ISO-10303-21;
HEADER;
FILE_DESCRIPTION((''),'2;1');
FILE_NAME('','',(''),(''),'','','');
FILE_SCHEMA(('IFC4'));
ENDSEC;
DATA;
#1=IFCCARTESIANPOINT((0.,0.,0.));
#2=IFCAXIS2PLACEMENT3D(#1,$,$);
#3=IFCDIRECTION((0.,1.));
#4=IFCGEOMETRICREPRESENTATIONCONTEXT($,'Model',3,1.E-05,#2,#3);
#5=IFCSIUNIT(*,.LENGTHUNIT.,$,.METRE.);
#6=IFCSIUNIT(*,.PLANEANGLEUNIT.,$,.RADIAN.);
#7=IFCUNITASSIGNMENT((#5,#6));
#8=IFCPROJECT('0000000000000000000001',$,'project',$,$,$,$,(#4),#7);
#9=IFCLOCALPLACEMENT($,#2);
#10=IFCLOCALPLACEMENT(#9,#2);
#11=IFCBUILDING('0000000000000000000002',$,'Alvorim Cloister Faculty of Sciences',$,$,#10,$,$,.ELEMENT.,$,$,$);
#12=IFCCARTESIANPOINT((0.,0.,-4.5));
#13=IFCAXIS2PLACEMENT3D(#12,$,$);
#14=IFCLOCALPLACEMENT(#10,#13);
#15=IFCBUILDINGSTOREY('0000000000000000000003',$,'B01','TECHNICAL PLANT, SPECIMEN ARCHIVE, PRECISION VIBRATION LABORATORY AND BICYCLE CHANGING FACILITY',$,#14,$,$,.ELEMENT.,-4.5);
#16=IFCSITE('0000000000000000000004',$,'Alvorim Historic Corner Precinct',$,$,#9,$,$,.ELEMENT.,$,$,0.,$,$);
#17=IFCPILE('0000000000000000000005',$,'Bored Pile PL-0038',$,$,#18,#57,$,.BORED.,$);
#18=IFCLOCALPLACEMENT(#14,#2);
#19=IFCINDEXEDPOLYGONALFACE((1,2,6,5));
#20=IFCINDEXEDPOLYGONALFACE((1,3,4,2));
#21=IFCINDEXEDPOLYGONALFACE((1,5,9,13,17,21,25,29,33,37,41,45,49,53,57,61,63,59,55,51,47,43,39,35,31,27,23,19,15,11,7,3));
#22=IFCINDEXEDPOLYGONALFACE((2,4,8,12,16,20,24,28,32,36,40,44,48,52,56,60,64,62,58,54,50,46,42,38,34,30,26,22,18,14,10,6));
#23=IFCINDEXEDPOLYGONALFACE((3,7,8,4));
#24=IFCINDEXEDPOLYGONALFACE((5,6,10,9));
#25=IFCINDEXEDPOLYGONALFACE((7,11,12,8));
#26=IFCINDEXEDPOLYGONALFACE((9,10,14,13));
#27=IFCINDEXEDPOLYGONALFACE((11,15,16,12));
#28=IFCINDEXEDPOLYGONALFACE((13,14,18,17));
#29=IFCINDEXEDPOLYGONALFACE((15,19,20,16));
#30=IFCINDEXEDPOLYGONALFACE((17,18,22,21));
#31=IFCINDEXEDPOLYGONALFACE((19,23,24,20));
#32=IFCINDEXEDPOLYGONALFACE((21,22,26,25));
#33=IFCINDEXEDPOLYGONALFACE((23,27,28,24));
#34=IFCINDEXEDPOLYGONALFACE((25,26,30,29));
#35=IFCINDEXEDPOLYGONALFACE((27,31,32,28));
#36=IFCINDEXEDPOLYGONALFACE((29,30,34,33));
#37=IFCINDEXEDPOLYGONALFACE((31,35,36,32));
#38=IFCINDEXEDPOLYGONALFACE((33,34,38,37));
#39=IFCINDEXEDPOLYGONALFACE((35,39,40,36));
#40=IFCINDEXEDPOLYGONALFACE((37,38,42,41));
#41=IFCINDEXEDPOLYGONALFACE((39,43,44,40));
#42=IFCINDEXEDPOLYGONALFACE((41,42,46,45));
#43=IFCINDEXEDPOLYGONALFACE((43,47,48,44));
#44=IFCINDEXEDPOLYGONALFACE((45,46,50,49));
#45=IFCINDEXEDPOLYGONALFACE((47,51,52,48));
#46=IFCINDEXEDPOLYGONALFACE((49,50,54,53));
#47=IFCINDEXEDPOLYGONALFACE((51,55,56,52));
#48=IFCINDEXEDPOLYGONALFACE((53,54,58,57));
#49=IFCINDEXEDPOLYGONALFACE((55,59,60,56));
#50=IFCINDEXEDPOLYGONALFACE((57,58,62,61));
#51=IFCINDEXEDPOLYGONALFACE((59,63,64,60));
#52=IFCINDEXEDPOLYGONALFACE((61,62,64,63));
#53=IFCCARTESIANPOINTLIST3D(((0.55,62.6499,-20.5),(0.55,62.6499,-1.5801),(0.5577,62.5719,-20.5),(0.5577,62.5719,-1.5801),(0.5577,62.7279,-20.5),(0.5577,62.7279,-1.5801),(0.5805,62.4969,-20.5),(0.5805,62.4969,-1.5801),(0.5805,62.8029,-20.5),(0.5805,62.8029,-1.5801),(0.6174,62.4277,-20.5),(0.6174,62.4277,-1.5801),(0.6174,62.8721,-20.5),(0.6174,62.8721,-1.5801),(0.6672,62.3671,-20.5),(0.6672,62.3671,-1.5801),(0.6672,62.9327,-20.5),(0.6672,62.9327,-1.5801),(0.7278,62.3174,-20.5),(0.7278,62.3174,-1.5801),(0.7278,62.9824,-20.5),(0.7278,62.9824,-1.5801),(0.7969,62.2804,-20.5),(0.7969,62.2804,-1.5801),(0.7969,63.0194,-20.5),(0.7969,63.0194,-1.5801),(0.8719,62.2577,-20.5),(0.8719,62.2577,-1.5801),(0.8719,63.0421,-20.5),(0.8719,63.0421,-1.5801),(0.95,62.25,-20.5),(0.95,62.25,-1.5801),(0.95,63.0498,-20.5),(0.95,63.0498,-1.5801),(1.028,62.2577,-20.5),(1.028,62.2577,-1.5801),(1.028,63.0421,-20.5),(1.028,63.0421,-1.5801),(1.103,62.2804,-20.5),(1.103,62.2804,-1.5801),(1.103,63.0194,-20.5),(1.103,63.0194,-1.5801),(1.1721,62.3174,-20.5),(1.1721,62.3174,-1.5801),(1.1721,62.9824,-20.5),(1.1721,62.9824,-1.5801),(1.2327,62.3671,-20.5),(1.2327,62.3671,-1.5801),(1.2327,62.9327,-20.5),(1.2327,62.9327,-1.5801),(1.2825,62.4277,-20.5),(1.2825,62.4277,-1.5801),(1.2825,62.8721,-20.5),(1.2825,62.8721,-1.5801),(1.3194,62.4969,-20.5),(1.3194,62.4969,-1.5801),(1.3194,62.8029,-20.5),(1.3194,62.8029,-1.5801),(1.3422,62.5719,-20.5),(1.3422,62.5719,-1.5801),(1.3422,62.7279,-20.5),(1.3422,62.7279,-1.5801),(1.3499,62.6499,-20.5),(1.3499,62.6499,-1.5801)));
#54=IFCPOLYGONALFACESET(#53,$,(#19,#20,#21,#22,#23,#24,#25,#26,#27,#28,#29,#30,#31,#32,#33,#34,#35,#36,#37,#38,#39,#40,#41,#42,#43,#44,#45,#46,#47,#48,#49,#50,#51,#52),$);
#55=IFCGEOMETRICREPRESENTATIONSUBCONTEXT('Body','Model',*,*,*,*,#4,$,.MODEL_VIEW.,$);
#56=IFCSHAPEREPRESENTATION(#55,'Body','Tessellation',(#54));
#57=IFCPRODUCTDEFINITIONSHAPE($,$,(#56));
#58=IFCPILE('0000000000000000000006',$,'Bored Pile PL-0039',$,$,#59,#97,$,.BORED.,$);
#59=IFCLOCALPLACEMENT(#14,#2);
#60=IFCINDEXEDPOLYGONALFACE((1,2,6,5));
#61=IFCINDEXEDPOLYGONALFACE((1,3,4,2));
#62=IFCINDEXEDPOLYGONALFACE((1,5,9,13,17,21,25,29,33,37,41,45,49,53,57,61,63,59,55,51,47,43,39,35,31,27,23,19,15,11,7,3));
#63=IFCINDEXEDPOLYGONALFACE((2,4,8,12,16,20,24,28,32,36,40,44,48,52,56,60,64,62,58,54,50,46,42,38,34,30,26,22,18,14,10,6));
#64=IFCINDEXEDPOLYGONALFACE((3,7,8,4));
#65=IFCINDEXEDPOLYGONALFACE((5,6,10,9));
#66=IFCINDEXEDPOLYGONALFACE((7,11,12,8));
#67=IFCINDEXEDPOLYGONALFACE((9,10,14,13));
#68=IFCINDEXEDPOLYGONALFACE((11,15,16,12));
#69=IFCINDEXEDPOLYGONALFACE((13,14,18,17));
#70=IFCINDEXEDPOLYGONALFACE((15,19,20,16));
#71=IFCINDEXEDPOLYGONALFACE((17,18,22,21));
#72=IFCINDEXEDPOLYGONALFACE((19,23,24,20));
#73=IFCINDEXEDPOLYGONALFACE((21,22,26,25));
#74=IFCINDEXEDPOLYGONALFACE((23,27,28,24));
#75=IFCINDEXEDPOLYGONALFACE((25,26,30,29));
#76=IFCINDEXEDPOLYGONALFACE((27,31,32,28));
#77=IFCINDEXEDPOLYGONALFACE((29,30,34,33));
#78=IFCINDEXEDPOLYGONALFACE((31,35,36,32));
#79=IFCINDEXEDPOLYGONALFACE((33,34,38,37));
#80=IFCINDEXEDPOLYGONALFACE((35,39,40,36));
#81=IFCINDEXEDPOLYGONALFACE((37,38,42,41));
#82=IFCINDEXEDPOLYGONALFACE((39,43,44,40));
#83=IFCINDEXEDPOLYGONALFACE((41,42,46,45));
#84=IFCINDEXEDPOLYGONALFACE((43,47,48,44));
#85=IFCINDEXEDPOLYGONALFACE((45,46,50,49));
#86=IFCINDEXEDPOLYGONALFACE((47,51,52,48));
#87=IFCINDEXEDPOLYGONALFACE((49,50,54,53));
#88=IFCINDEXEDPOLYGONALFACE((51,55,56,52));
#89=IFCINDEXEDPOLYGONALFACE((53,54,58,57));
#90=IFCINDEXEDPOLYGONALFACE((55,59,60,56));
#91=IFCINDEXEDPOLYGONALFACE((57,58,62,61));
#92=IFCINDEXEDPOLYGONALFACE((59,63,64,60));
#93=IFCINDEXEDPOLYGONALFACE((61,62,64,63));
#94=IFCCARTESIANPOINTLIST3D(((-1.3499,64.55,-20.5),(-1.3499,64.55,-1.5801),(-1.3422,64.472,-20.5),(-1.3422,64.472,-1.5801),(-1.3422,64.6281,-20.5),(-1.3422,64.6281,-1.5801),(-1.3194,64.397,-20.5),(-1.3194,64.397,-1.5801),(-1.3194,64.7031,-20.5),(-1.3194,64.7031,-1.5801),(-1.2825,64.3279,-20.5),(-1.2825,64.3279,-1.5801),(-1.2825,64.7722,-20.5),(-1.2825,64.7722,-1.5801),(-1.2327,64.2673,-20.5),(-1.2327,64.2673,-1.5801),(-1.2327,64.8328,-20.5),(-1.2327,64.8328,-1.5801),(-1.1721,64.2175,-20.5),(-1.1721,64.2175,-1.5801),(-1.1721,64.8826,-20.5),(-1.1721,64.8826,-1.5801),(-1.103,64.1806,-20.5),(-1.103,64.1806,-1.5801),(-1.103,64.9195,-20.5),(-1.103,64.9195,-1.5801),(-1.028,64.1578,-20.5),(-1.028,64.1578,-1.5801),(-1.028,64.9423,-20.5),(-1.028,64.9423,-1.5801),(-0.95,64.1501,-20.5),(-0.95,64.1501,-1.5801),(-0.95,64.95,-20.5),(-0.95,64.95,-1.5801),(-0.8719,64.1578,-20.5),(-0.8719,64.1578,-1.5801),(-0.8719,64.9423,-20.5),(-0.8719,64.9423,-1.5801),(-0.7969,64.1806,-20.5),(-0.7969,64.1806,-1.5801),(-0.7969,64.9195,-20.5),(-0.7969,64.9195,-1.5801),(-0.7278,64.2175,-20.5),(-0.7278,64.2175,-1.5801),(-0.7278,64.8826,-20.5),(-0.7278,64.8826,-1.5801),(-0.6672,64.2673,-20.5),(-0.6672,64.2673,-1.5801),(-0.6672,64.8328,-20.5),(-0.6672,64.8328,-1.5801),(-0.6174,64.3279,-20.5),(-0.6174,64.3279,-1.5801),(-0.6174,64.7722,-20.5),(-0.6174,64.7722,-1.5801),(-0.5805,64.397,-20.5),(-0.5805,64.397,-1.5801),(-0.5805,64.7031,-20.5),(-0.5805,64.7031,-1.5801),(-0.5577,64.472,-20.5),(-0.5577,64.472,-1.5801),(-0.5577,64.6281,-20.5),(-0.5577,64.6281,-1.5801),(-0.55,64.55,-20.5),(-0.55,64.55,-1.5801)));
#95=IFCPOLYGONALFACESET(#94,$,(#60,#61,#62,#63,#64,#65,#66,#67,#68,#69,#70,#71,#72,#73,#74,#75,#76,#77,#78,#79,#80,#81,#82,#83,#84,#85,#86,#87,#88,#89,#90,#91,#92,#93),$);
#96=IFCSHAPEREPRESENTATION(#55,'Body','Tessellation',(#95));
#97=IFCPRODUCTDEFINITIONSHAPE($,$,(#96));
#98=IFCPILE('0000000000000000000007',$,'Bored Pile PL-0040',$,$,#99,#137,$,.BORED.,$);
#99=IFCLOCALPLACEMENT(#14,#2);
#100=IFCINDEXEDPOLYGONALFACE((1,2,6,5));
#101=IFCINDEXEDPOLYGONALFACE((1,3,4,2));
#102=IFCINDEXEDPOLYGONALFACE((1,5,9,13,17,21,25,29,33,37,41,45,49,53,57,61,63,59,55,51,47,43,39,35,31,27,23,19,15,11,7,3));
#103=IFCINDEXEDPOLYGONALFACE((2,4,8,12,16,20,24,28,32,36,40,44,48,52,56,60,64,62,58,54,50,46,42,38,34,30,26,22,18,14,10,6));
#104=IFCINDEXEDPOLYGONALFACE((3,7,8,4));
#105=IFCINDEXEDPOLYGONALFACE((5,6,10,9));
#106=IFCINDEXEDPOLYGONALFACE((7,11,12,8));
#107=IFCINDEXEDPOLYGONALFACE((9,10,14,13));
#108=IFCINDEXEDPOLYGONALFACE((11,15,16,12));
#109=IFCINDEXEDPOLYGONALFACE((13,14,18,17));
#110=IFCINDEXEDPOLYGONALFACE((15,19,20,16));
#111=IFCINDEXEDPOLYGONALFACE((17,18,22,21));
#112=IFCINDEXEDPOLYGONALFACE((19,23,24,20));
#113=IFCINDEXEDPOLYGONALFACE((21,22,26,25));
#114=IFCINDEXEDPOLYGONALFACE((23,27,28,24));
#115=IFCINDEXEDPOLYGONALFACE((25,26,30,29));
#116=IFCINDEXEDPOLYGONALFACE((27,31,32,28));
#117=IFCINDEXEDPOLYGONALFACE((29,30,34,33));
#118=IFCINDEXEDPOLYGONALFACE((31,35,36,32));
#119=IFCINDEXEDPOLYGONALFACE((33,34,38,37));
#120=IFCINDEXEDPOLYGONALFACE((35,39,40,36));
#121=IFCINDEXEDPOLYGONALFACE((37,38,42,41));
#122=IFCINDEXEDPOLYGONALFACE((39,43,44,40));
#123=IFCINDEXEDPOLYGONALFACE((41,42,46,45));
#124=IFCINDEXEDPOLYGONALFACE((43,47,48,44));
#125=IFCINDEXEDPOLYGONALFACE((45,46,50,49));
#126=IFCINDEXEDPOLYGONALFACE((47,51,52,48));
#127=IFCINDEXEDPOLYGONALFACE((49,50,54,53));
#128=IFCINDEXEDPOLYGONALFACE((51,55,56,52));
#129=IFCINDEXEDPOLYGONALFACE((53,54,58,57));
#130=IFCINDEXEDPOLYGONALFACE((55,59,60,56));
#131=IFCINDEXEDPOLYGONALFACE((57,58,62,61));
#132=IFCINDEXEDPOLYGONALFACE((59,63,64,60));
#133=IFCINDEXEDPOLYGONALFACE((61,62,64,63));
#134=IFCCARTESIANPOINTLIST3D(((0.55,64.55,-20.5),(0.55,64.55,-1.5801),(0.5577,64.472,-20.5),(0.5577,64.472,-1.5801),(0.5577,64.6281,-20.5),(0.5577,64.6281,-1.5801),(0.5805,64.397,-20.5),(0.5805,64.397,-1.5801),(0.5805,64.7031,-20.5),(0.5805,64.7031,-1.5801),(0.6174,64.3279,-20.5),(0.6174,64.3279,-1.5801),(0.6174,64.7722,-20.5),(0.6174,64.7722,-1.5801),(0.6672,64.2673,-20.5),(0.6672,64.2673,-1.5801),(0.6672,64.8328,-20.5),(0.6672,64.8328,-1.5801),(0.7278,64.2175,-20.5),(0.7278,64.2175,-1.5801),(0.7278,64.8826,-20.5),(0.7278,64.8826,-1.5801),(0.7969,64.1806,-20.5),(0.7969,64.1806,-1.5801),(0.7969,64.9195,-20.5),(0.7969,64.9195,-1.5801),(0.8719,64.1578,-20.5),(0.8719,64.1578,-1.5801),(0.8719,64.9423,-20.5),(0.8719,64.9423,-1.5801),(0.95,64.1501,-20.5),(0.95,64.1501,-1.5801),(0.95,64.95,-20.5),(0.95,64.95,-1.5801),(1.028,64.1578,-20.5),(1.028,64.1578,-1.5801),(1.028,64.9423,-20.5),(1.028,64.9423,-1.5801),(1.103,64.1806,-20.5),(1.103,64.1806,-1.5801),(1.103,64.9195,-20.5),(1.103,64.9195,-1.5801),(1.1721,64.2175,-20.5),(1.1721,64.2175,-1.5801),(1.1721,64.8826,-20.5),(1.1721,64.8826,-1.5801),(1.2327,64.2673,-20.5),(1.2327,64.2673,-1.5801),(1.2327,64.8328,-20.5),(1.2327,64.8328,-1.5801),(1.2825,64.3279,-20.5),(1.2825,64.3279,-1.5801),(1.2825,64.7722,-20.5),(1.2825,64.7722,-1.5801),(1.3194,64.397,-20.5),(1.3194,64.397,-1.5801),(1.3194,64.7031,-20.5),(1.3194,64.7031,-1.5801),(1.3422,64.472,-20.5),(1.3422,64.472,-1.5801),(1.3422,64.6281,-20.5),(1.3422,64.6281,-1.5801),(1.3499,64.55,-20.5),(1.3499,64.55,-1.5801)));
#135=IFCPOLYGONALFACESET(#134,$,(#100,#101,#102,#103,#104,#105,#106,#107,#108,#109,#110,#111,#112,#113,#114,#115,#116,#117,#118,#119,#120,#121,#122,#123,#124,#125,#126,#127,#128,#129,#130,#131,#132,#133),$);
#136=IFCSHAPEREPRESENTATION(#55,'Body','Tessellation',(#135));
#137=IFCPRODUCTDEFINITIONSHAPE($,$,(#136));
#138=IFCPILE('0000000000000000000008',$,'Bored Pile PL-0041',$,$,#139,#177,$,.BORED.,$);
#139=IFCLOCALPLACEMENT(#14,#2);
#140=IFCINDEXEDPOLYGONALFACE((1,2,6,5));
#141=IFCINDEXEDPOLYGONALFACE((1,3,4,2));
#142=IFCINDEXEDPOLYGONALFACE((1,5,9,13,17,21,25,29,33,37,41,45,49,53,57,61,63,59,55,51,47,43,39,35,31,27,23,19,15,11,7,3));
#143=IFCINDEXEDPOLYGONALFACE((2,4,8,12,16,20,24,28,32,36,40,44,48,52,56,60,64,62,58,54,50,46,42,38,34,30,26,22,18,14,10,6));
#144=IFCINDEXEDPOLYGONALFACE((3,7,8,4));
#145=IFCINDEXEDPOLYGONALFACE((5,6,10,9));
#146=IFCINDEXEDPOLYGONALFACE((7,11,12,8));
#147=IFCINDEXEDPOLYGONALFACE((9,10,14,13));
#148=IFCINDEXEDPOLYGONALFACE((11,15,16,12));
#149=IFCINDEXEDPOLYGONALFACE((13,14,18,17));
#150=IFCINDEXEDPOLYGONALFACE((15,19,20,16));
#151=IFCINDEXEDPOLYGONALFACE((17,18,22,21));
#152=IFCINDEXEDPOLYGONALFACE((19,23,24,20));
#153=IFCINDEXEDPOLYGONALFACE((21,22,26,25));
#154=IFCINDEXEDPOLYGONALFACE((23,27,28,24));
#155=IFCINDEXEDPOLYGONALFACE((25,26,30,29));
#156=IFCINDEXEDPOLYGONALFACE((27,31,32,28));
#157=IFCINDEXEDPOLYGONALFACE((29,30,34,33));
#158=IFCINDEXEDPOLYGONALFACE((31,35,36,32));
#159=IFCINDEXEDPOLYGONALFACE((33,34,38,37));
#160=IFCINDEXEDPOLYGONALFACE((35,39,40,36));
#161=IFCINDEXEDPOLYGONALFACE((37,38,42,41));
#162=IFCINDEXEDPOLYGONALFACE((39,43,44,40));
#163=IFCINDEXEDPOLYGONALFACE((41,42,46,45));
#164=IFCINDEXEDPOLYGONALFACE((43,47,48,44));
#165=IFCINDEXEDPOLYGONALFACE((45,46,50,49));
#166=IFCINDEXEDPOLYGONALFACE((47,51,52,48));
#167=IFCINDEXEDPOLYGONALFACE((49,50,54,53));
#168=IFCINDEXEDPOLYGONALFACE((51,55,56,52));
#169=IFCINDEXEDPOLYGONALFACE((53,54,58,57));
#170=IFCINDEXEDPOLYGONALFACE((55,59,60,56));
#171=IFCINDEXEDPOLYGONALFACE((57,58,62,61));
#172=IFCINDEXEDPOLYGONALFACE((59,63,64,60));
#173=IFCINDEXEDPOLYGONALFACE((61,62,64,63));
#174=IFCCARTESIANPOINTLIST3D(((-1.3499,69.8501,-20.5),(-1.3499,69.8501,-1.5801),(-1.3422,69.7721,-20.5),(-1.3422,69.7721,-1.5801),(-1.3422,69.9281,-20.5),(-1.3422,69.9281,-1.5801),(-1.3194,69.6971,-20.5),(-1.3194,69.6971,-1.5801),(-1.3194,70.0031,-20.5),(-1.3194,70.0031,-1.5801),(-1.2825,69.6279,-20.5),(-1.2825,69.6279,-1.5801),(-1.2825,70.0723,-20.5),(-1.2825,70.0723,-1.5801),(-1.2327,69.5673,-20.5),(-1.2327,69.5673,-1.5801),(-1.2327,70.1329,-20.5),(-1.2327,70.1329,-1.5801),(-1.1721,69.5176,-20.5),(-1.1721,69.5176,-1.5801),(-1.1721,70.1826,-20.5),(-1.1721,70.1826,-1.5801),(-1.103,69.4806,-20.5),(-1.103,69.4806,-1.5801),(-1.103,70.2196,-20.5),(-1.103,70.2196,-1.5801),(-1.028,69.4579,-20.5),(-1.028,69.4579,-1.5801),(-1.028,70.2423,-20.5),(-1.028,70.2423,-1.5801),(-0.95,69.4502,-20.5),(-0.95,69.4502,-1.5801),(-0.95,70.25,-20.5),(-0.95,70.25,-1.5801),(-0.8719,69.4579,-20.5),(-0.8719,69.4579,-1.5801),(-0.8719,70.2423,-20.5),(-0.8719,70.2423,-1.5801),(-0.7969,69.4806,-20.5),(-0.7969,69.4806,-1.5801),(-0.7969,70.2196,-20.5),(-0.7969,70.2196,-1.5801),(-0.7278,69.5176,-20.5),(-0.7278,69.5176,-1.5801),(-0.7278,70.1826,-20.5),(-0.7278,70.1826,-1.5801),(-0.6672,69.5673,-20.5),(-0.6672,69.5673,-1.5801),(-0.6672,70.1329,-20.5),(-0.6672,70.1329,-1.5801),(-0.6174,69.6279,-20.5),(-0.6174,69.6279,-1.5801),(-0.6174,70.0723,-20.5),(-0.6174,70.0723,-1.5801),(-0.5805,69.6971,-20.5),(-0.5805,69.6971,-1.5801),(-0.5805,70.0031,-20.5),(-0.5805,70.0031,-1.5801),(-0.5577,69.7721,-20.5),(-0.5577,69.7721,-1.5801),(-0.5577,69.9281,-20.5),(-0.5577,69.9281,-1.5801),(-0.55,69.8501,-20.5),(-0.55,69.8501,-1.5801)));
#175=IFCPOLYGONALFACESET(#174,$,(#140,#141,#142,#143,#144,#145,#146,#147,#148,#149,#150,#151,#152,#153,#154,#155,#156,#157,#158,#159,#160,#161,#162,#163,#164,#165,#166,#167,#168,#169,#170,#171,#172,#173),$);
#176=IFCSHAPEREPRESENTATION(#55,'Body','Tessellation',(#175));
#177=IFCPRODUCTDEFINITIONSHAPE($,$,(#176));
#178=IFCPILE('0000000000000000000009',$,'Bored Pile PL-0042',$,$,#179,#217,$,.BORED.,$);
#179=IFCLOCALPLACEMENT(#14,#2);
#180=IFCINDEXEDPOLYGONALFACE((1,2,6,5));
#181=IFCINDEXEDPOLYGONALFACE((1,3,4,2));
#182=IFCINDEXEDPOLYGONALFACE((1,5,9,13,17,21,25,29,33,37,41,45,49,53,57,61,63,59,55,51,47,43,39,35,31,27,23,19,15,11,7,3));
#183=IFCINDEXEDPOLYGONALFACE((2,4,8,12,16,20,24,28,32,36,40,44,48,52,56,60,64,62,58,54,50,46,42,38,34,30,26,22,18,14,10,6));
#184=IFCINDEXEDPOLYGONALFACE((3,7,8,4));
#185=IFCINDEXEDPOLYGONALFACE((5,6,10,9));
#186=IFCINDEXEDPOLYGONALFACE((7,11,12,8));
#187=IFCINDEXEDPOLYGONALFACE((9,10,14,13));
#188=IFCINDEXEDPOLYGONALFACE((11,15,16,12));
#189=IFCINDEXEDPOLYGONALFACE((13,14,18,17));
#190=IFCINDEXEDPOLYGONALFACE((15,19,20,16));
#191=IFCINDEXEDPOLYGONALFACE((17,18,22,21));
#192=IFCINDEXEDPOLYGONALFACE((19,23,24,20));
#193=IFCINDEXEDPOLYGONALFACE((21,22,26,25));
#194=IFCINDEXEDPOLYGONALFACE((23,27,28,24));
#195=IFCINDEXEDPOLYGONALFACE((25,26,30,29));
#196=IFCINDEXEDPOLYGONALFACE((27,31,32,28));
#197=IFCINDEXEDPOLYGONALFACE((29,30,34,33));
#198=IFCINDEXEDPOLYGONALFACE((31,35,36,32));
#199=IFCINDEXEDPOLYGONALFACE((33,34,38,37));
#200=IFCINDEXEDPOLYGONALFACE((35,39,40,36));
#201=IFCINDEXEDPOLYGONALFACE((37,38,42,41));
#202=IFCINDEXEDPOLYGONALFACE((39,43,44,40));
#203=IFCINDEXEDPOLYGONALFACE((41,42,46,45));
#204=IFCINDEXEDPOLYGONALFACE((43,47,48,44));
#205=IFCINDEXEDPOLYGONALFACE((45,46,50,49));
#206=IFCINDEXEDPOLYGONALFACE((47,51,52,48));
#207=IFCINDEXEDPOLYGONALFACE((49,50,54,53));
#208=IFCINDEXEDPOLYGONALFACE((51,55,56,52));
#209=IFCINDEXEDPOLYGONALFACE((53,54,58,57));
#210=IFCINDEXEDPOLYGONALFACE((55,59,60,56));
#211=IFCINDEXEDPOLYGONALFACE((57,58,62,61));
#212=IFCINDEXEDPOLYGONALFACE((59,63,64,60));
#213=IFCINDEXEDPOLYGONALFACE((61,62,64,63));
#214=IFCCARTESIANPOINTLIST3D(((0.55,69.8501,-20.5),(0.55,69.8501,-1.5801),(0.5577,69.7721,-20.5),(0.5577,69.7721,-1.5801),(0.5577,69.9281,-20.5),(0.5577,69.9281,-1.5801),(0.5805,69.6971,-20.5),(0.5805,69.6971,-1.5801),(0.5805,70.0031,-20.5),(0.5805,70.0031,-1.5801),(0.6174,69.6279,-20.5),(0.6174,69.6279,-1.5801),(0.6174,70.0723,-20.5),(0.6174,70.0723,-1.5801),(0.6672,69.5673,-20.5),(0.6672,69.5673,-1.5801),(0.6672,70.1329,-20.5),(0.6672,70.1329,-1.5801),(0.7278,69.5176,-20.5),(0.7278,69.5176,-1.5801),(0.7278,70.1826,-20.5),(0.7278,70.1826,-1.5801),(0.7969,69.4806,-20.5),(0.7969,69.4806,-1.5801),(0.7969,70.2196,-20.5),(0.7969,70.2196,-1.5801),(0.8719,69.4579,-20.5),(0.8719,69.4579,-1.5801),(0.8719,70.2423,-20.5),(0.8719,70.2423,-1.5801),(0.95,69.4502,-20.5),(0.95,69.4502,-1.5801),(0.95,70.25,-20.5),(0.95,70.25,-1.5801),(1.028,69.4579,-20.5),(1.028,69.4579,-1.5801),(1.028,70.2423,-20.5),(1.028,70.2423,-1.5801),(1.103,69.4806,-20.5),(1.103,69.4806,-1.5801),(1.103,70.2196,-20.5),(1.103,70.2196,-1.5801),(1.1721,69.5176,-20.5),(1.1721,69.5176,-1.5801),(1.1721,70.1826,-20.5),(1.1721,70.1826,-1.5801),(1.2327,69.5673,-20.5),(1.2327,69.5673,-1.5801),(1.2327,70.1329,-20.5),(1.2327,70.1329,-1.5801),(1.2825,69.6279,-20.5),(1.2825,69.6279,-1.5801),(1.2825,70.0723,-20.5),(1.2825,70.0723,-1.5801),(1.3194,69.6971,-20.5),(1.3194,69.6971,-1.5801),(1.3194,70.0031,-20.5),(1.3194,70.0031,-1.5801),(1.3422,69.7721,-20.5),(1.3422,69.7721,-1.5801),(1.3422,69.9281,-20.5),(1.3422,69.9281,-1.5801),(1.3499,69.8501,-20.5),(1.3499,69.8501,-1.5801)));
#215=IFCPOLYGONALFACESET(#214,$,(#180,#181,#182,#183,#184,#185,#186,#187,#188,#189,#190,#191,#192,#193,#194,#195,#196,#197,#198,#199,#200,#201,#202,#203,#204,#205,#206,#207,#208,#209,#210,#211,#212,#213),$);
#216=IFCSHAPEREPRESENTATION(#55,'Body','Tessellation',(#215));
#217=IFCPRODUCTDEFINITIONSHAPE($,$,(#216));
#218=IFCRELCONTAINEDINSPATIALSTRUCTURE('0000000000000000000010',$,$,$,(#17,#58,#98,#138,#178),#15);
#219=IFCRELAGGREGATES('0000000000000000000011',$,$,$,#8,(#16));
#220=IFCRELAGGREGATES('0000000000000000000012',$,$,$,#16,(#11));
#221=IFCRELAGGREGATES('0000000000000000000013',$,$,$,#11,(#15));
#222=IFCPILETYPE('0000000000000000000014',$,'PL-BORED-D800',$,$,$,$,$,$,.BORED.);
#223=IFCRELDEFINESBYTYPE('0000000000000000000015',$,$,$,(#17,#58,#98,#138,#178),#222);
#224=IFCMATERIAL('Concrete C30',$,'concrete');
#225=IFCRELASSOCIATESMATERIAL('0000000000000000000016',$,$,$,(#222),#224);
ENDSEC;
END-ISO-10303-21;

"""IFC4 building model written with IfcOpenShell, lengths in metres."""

from ifc_helpers import new_model, si_unit, direction, frame, origin, origin_2d, place, context, subcontext, project, spatial, circle, extrude, material, material_profile, profile_set, type_object, element, save


model = new_model("IFC4")

# Units and contexts
model_context = context("Model", 3, precision=1e-05, world=origin(), true_north=direction((0.0, 1.0)))
body_context = subcontext(model_context, "Body", "Model", "MODEL_VIEW")
ifc_project = project(units=[si_unit("LENGTHUNIT", "METRE"), si_unit("PLANEANGLEUNIT", "RADIAN")], contexts=[model_context])

# Site, building, storey
site_placement = place(None, origin())
site = spatial("IfcSite", under=ifc_project, at=site_placement, Name="Alvorim Historic Corner Precinct", CompositionType="ELEMENT", RefElevation=0.0)
building_placement = place(site_placement, origin())
building = spatial("IfcBuilding", under=site, at=building_placement, Name="Alvorim Cloister Faculty of Sciences", CompositionType="ELEMENT")
storey_placement = place(building_placement, frame((0.0, 0.0, -4.5)))
storey = spatial("IfcBuildingStorey", under=building, at=storey_placement, Name="B01", Description="TECHNICAL PLANT, SPECIMEN ARCHIVE, PRECISION VIBRATION LABORATORY AND BICYCLE CHANGING FACILITY", CompositionType="ELEMENT", Elevation=-4.5)

# Piles
ifc_material_1 = material(Name="Concrete C30", Category="concrete")
ifc_material_profile_1 = material_profile(ifc_material_1, circle(Radius=0.3999, at=origin_2d()), Name="PILE-D800")
ifc_profile_set_1 = profile_set([ifc_material_profile_1], Name="Concrete C30")
pile_type = type_object("IfcPileType", Name="PL-BORED-D800", PredefinedType="BORED", material=ifc_profile_set_1)
for number, where, z_axis, x_axis, name in (
    (1, (0.95, 62.6499, -1.5801), (0.0, 0.0, -1.0), (1.0, 0.0, 0.0), "Bored Pile PL-0038"),
    (2, (-0.95, 64.55, -1.5801), (0.0, 0.0, -1.0), (1.0, 0.0, 0.0), "Bored Pile PL-0039"),
    (3, (0.95, 64.55, -1.5801), (0.0, 0.0, -1.0), (1.0, 0.0, 0.0), "Bored Pile PL-0040"),
    (4, (-0.95, 69.8501, -1.5801), (0.0, 0.0, -1.0), (1.0, 0.0, 0.0), "Bored Pile PL-0041"),
    (5, (0.95, 69.8501, -1.5801), (0.0, 0.0, -1.0), (1.0, 0.0, 0.0), "Bored Pile PL-0042"),
):
    element("IfcPile", number, at=place(storey_placement, frame(where, z_axis=z_axis, x_axis=x_axis)), inside=storey, type_object=pile_type, Name=name, PredefinedType="BORED", context=body_context, shape_type="SweptSolid", body=[
        extrude(circle(Radius=0.3999, at=origin_2d()), origin(), (0.0, 0.0, 1.0), 18.9199),
    ])

save(model, "model.ifc")
